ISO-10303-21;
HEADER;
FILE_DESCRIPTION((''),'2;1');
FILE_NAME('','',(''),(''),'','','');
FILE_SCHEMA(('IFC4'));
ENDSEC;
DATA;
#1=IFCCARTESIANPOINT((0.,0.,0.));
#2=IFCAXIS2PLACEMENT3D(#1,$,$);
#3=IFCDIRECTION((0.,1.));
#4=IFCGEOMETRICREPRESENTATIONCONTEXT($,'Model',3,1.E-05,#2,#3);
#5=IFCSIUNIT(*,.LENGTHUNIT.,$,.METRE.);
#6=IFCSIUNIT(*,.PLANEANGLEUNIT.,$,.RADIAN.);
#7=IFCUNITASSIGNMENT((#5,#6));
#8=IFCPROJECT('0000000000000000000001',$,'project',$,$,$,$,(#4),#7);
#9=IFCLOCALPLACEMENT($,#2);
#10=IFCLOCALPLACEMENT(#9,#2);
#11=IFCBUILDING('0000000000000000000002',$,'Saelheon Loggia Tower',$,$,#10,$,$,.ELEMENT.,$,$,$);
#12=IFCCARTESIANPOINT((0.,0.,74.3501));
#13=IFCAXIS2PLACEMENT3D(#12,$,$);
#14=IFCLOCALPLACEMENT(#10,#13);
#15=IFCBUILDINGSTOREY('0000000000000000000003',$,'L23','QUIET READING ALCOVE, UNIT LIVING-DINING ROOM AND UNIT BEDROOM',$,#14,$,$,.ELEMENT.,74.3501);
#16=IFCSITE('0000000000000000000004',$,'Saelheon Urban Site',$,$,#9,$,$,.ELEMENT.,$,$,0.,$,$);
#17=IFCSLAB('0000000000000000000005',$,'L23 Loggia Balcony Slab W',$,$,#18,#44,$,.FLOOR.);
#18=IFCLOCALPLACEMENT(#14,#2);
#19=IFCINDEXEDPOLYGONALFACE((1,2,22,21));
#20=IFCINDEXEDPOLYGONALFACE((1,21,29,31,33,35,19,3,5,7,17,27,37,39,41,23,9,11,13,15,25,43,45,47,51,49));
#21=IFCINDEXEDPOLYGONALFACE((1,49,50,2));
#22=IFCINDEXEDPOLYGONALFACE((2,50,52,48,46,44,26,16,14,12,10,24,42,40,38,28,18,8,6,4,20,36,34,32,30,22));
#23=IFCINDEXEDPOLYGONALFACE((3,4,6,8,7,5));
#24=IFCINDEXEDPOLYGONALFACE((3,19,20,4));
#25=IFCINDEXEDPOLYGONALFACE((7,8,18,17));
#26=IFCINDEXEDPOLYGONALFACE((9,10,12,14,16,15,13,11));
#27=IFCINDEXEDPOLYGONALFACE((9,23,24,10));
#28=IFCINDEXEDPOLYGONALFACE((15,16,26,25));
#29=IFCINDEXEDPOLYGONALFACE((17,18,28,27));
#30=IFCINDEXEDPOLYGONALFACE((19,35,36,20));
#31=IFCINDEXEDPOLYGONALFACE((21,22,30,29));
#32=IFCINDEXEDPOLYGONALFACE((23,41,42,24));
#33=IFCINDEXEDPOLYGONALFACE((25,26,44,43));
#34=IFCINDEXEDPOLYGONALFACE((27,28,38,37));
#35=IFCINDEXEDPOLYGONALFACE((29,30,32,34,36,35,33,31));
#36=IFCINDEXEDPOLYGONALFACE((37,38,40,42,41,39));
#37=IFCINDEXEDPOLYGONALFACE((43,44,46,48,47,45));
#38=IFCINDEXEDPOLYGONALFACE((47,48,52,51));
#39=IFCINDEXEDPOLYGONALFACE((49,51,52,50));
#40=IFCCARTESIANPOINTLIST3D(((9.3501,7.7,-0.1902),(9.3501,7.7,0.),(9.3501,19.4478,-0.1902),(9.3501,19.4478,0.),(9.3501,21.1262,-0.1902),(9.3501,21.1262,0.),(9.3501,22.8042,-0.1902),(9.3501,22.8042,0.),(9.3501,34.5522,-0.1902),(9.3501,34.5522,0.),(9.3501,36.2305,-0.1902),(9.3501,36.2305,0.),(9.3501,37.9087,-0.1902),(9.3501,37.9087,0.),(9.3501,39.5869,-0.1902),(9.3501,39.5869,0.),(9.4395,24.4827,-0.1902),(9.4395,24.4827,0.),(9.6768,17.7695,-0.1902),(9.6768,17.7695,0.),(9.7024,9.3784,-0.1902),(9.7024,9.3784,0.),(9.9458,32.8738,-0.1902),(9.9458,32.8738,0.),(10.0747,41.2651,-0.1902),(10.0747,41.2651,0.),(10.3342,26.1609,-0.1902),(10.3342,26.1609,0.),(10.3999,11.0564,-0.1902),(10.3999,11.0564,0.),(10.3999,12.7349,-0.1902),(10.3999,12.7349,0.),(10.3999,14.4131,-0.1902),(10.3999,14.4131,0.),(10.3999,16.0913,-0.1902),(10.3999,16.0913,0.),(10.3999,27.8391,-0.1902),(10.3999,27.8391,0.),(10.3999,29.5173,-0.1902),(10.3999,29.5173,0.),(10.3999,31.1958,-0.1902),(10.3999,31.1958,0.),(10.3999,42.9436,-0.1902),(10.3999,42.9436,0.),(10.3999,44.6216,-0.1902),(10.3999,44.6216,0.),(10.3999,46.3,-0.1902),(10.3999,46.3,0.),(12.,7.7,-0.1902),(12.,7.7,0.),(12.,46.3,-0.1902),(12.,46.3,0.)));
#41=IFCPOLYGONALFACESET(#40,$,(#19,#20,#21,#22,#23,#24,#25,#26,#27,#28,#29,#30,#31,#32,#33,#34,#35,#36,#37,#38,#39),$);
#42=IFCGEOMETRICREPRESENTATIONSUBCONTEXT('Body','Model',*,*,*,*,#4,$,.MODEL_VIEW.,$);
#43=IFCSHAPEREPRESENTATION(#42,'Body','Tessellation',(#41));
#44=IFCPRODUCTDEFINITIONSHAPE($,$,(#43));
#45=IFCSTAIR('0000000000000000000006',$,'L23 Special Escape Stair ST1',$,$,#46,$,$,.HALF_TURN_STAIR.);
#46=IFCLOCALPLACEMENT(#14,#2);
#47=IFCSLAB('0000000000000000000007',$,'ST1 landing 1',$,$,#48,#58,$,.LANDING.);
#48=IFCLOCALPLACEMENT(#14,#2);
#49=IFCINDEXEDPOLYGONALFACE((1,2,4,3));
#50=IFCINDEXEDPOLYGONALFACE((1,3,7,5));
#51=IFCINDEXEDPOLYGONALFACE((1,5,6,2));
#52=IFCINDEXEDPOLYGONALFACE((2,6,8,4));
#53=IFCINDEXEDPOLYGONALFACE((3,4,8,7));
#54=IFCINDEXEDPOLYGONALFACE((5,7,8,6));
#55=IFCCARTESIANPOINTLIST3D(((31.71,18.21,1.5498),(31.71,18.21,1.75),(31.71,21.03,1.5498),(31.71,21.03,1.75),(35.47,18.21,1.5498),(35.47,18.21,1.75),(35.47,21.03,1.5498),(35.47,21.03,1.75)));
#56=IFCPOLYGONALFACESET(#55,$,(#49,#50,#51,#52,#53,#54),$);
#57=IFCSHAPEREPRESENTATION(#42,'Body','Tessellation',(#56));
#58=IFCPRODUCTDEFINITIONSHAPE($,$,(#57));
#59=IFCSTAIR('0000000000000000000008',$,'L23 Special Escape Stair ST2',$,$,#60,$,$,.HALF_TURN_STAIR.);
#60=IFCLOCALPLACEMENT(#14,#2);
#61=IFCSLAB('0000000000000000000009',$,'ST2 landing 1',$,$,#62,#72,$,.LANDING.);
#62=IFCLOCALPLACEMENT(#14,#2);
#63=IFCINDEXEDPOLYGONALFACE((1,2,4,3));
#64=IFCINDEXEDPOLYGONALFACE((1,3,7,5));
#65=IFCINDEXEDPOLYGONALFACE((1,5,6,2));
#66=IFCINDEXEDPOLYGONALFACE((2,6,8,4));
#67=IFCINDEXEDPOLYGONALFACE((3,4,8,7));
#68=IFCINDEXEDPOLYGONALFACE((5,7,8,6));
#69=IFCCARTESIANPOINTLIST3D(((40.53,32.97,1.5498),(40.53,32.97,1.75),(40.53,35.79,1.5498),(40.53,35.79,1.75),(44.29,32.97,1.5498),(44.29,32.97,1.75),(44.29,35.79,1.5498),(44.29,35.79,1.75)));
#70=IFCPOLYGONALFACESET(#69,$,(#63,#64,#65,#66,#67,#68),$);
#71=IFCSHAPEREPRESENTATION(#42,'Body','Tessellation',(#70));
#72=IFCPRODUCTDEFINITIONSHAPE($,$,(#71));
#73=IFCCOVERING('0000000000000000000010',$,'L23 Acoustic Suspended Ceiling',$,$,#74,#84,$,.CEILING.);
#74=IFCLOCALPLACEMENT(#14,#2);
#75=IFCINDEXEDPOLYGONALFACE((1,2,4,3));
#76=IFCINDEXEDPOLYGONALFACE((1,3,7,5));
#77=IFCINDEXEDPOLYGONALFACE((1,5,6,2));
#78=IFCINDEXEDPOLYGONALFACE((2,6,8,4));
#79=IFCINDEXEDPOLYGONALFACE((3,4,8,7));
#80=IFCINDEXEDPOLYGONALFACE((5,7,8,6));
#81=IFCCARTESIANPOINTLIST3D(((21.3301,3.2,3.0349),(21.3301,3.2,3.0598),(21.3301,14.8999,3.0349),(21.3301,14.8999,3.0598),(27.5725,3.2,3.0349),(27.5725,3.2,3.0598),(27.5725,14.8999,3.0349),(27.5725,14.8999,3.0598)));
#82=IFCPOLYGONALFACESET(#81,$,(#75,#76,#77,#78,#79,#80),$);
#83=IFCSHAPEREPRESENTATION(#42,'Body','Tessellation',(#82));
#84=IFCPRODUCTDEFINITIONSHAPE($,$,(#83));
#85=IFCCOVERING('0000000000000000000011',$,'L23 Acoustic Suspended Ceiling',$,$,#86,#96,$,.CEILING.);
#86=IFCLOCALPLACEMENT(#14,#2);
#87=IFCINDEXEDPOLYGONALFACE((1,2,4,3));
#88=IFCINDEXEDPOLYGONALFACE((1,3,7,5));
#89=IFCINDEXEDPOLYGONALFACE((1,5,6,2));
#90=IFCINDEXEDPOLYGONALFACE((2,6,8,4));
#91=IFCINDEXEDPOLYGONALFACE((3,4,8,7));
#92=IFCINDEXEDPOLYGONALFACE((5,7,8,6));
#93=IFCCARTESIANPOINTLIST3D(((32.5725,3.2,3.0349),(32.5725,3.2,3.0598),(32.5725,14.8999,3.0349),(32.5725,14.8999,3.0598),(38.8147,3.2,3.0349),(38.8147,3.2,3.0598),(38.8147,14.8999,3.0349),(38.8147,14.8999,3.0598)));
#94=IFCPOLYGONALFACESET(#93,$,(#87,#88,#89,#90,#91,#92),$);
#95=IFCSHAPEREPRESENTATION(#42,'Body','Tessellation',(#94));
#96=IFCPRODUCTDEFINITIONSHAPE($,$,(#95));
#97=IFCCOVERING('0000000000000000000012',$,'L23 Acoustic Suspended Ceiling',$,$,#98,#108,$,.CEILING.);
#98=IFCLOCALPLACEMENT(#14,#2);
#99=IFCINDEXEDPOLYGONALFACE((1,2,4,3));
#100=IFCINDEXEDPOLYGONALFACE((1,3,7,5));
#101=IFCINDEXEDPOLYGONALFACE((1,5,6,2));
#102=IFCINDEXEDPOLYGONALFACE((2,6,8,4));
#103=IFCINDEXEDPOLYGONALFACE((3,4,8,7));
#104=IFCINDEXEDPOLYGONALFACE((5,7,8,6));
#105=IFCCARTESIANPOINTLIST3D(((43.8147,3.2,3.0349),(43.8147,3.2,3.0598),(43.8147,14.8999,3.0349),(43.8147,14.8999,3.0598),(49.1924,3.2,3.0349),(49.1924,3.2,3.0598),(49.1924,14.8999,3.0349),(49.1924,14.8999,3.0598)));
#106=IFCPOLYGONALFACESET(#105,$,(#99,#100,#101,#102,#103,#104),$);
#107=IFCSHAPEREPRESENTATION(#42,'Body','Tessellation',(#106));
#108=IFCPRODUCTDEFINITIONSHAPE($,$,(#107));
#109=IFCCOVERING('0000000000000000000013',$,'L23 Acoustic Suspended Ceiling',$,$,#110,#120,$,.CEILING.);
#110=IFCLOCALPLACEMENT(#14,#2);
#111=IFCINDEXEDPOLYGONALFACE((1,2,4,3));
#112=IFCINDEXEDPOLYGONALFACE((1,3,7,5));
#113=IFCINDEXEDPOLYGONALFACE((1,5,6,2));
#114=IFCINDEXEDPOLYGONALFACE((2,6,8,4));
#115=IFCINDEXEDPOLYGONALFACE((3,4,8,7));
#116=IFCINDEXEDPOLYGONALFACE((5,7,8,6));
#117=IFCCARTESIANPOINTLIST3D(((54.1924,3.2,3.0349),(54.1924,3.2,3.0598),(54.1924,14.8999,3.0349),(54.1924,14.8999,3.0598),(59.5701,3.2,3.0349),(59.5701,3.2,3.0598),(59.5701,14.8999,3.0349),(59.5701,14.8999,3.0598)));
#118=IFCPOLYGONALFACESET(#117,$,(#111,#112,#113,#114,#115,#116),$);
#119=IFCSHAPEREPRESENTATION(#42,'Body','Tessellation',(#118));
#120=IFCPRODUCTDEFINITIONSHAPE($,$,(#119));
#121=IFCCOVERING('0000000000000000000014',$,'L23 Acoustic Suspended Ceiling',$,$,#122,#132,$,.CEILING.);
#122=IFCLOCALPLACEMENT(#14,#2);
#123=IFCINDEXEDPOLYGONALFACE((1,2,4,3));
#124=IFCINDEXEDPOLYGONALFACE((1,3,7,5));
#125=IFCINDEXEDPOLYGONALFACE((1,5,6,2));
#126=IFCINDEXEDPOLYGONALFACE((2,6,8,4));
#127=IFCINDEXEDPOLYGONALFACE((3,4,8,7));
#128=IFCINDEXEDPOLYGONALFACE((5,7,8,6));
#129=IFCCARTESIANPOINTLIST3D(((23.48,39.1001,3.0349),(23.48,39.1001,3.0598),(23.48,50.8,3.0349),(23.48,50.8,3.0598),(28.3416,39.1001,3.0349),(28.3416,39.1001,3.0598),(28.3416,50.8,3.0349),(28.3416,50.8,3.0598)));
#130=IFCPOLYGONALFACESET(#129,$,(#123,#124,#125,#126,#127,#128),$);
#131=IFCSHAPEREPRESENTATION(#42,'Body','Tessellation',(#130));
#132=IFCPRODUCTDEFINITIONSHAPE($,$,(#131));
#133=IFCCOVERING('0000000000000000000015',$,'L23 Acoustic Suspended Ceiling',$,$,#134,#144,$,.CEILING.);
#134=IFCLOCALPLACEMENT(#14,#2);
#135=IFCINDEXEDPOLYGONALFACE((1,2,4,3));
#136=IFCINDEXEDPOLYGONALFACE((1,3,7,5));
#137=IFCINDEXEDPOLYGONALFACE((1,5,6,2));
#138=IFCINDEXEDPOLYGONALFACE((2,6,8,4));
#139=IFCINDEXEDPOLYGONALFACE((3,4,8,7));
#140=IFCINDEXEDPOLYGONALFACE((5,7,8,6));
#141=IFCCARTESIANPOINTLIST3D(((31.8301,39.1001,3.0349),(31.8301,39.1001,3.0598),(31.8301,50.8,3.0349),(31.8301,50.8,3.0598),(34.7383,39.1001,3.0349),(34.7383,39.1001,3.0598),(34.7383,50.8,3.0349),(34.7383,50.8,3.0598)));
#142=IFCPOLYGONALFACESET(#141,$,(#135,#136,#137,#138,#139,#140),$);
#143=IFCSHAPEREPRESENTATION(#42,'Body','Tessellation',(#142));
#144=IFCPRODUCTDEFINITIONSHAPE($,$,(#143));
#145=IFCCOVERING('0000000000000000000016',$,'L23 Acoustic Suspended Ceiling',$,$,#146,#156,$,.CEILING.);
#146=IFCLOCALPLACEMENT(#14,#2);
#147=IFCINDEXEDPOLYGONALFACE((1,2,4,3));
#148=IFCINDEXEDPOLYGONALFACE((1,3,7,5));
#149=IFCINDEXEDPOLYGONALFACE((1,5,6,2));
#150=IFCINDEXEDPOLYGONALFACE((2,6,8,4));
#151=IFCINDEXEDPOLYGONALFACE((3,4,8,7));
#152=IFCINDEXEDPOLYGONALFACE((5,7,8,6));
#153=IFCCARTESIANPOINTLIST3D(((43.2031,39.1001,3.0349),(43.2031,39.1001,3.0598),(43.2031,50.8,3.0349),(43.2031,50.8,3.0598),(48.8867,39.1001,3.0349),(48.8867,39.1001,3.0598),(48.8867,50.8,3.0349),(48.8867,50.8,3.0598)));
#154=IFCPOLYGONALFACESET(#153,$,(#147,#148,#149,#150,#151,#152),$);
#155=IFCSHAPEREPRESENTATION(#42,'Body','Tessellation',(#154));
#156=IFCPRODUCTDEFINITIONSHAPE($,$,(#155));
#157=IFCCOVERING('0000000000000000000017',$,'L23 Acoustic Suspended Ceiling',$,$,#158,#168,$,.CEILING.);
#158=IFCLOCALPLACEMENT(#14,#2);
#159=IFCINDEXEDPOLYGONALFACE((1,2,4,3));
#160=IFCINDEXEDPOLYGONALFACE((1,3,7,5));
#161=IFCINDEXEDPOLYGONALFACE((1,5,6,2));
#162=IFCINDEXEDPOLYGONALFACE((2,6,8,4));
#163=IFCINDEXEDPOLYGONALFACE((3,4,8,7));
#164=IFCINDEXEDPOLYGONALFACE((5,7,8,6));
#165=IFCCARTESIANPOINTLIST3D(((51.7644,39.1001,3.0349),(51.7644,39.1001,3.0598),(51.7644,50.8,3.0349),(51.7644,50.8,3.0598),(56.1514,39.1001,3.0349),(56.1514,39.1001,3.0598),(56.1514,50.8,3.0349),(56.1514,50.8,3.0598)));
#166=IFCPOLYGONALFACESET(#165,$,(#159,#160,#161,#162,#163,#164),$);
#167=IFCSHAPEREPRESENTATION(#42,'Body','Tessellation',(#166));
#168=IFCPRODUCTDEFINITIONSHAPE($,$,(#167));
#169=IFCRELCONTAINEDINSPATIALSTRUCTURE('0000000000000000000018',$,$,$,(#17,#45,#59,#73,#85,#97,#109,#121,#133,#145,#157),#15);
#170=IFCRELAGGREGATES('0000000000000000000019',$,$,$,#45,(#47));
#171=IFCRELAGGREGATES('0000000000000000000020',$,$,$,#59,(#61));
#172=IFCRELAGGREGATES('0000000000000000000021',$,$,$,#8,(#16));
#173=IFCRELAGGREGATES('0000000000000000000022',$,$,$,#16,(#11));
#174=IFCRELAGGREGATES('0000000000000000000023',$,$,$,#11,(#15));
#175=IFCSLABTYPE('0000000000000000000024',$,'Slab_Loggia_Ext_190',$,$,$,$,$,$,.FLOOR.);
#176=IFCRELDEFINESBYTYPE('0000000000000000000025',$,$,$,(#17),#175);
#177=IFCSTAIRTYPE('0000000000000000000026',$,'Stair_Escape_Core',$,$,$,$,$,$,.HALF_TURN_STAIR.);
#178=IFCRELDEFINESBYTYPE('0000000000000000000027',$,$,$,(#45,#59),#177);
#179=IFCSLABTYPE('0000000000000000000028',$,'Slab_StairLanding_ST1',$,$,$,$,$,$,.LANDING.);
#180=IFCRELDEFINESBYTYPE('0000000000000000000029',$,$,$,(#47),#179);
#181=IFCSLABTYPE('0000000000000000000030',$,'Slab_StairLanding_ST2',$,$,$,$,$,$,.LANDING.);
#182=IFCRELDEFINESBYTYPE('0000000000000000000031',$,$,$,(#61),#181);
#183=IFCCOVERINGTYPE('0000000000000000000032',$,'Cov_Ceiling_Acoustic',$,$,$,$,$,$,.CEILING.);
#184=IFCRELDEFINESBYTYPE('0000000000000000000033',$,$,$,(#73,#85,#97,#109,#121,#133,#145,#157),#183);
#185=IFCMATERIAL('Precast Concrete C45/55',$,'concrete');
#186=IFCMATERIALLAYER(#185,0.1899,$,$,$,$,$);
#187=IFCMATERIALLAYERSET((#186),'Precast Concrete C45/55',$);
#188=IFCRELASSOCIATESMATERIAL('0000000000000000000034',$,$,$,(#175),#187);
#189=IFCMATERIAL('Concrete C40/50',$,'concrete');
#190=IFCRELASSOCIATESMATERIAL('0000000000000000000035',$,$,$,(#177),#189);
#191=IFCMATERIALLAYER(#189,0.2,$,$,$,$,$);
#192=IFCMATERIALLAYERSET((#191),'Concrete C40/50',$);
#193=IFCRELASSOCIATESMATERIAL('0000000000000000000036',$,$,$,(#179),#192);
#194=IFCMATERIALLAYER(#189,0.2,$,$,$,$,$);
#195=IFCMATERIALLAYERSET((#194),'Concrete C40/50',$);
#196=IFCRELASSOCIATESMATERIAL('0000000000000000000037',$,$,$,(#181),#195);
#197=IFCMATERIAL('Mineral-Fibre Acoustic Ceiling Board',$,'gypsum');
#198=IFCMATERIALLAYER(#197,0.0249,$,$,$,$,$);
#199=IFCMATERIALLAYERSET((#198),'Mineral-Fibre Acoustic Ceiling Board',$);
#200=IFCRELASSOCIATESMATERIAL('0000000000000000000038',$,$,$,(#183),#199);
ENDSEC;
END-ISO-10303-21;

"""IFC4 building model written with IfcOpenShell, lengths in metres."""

from ifc_helpers import new_model, si_unit, direction, frame, origin, place, context, subcontext, project, spatial, polyline, outline, extrude, material, layer, layer_set, type_object, element, aggregate, save


model = new_model("IFC4")

# Units and contexts
model_context = context("Model", 3, precision=1e-05, world=origin(), true_north=direction((0.0, 1.0)))
body_context = subcontext(model_context, "Body", "Model", "MODEL_VIEW")
ifc_project = project(units=[si_unit("LENGTHUNIT", "METRE"), si_unit("PLANEANGLEUNIT", "RADIAN")], contexts=[model_context])

# Site, building, storey
site_placement = place(None, origin())
site = spatial("IfcSite", under=ifc_project, at=site_placement, Name="Saelheon Urban Site", CompositionType="ELEMENT", RefElevation=0.0)
building_placement = place(site_placement, origin())
building = spatial("IfcBuilding", under=site, at=building_placement, Name="Saelheon Loggia Tower", CompositionType="ELEMENT")
storey_placement = place(building_placement, frame((0.0, 0.0, 74.3501)))
storey = spatial("IfcBuildingStorey", under=building, at=storey_placement, Name="L23", Description="QUIET READING ALCOVE, UNIT LIVING-DINING ROOM AND UNIT BEDROOM", CompositionType="ELEMENT", Elevation=74.3501)

# Slab
ifc_material_1 = material(Name="Precast Concrete C45/55", Category="concrete")
ifc_layer_1 = layer(ifc_material_1, 0.1899)
ifc_layer_set_1 = layer_set([ifc_layer_1], Name="Precast Concrete C45/55")
slab_type_1 = type_object("IfcSlabType", Name="Slab_Loggia_Ext_190", PredefinedType="FLOOR", material=ifc_layer_set_1)
slab_1_placement = place(storey_placement, frame((0.0, 0.0, -0.1902)))
element("IfcSlab", 1, at=slab_1_placement, inside=storey, type_object=slab_type_1, Name="L23 Loggia Balcony Slab W", PredefinedType="FLOOR", context=body_context, shape_type="SweptSolid", body=[
    extrude(outline(polyline([(12.0, 7.7), (12.0, 46.3), (10.3999, 46.3), (10.3999, 44.6216), (10.3999, 42.9436), (10.0747, 41.2651), (9.3501, 39.5869), (9.3501, 37.9087), (9.3501, 36.2305), (9.3501, 34.5522), (9.9458, 32.8738), (10.3999, 31.1958), (10.3999, 29.5173), (10.3999, 27.8391), (10.3342, 26.1609), (9.4395, 24.4827), (9.3501, 22.8042), (9.3501, 21.1262), (9.3501, 19.4478), (9.6768, 17.7695), (10.3999, 16.0913), (10.3999, 14.4131), (10.3999, 12.7349), (10.3999, 11.0564), (9.7024, 9.3784), (9.3501, 7.7), (12.0, 7.7)])), origin(), (0.0, 0.0, 1.0), 0.1902),
])

# Stairs, slabs
ifc_material_2 = material(Name="Concrete C40/50", Category="concrete")
stair_type = type_object("IfcStairType", Name="Stair_Escape_Core", PredefinedType="HALF_TURN_STAIR", material=ifc_material_2)
stair_1_placement = place(storey_placement, origin())
stair_1 = element("IfcStair", 2, at=stair_1_placement, inside=storey, type_object=stair_type, Name="L23 Special Escape Stair ST1", PredefinedType="HALF_TURN_STAIR")
ifc_layer_2 = layer(ifc_material_2, 0.2)
ifc_layer_set_2 = layer_set([ifc_layer_2], Name="Concrete C40/50")
slab_type_2 = type_object("IfcSlabType", Name="Slab_StairLanding_ST1", PredefinedType="LANDING", material=ifc_layer_set_2)
slab_2_placement = place(storey_placement, frame((0.0, 0.0, 1.5498)))
slab_2 = element("IfcSlab", 3, at=slab_2_placement, type_object=slab_type_2, Name="ST1 landing 1", PredefinedType="LANDING", context=body_context, shape_type="SweptSolid", body=[
    extrude(outline(polyline([(31.71, 21.03), (31.71, 18.21), (35.47, 18.21), (35.47, 21.03), (31.71, 21.03)])), origin(), (0.0, 0.0, 1.0), 0.2002),
])
aggregate(stair_1, [slab_2])
stair_2_placement = place(storey_placement, origin())
stair_2 = element("IfcStair", 4, at=stair_2_placement, inside=storey, type_object=stair_type, Name="L23 Special Escape Stair ST2", PredefinedType="HALF_TURN_STAIR")
ifc_layer_3 = layer(ifc_material_2, 0.2)
ifc_layer_set_3 = layer_set([ifc_layer_3], Name="Concrete C40/50")
slab_type_3 = type_object("IfcSlabType", Name="Slab_StairLanding_ST2", PredefinedType="LANDING", material=ifc_layer_set_3)
slab_3_placement = place(storey_placement, frame((0.0, 0.0, 1.5498)))
slab_3 = element("IfcSlab", 5, at=slab_3_placement, type_object=slab_type_3, Name="ST2 landing 1", PredefinedType="LANDING", context=body_context, shape_type="SweptSolid", body=[
    extrude(outline(polyline([(44.29, 32.97), (44.29, 35.79), (40.53, 35.79), (40.53, 32.97), (44.29, 32.97)])), origin(), (0.0, 0.0, 1.0), 0.2002),
])
aggregate(stair_2, [slab_3])

# Coverings
ifc_material_3 = material(Name="Mineral-Fibre Acoustic Ceiling Board", Category="gypsum")
ifc_layer_4 = layer(ifc_material_3, 0.0249)
ifc_layer_set_4 = layer_set([ifc_layer_4], Name="Mineral-Fibre Acoustic Ceiling Board")
covering_type = type_object("IfcCoveringType", Name="Cov_Ceiling_Acoustic", PredefinedType="CEILING", material=ifc_layer_set_4)
covering_1_placement = place(storey_placement, frame((0.0, 0.0, 3.0349)))
element("IfcCovering", 6, at=covering_1_placement, inside=storey, type_object=covering_type, Name="L23 Acoustic Suspended Ceiling", PredefinedType="CEILING", context=body_context, shape_type="SweptSolid", body=[
    extrude(outline(polyline([(21.3301, 3.2), (27.5725, 3.2), (27.5725, 14.8999), (21.3301, 14.8999), (21.3301, 3.2)])), origin(), (0.0, 0.0, 1.0), 0.0249),
])
covering_2_placement = place(storey_placement, frame((0.0, 0.0, 3.0349)))
element("IfcCovering", 7, at=covering_2_placement, inside=storey, type_object=covering_type, Name="L23 Acoustic Suspended Ceiling", PredefinedType="CEILING", context=body_context, shape_type="SweptSolid", body=[
    extrude(outline(polyline([(32.5725, 3.2), (38.8147, 3.2), (38.8147, 14.8999), (32.5725, 14.8999), (32.5725, 3.2)])), origin(), (0.0, 0.0, 1.0), 0.0249),
])
covering_3_placement = place(storey_placement, frame((0.0, 0.0, 3.0349)))
element("IfcCovering", 8, at=covering_3_placement, inside=storey, type_object=covering_type, Name="L23 Acoustic Suspended Ceiling", PredefinedType="CEILING", context=body_context, shape_type="SweptSolid", body=[
    extrude(outline(polyline([(43.8147, 3.2), (49.1924, 3.2), (49.1924, 14.8999), (43.8147, 14.8999), (43.8147, 3.2)])), origin(), (0.0, 0.0, 1.0), 0.0249),
])
covering_4_placement = place(storey_placement, frame((0.0, 0.0, 3.0349)))
element("IfcCovering", 9, at=covering_4_placement, inside=storey, type_object=covering_type, Name="L23 Acoustic Suspended Ceiling", PredefinedType="CEILING", context=body_context, shape_type="SweptSolid", body=[
    extrude(outline(polyline([(54.1924, 3.2), (59.5701, 3.2), (59.5701, 14.8999), (54.1924, 14.8999), (54.1924, 3.2)])), origin(), (0.0, 0.0, 1.0), 0.0249),
])
covering_5_placement = place(storey_placement, frame((0.0, 0.0, 3.0349)))
element("IfcCovering", 10, at=covering_5_placement, inside=storey, type_object=covering_type, Name="L23 Acoustic Suspended Ceiling", PredefinedType="CEILING", context=body_context, shape_type="SweptSolid", body=[
    extrude(outline(polyline([(23.48, 39.1001), (28.3416, 39.1001), (28.3416, 50.8), (23.48, 50.8), (23.48, 39.1001)])), origin(), (0.0, 0.0, 1.0), 0.0249),
])
covering_6_placement = place(storey_placement, frame((0.0, 0.0, 3.0349)))
element("IfcCovering", 11, at=covering_6_placement, inside=storey, type_object=covering_type, Name="L23 Acoustic Suspended Ceiling", PredefinedType="CEILING", context=body_context, shape_type="SweptSolid", body=[
    extrude(outline(polyline([(31.8301, 39.1001), (34.7383, 39.1001), (34.7383, 50.8), (31.8301, 50.8), (31.8301, 39.1001)])), origin(), (0.0, 0.0, 1.0), 0.0249),
])
covering_7_placement = place(storey_placement, frame((0.0, 0.0, 3.0349)))
element("IfcCovering", 12, at=covering_7_placement, inside=storey, type_object=covering_type, Name="L23 Acoustic Suspended Ceiling", PredefinedType="CEILING", context=body_context, shape_type="SweptSolid", body=[
    extrude(outline(polyline([(43.2031, 39.1001), (48.8867, 39.1001), (48.8867, 50.8), (43.2031, 50.8), (43.2031, 39.1001)])), origin(), (0.0, 0.0, 1.0), 0.0249),
])
covering_8_placement = place(storey_placement, frame((0.0, 0.0, 3.0349)))
element("IfcCovering", 13, at=covering_8_placement, inside=storey, type_object=covering_type, Name="L23 Acoustic Suspended Ceiling", PredefinedType="CEILING", context=body_context, shape_type="SweptSolid", body=[
    extrude(outline(polyline([(51.7644, 39.1001), (56.1514, 39.1001), (56.1514, 50.8), (51.7644, 50.8), (51.7644, 39.1001)])), origin(), (0.0, 0.0, 1.0), 0.0249),
])

save(model, "model.ifc")
